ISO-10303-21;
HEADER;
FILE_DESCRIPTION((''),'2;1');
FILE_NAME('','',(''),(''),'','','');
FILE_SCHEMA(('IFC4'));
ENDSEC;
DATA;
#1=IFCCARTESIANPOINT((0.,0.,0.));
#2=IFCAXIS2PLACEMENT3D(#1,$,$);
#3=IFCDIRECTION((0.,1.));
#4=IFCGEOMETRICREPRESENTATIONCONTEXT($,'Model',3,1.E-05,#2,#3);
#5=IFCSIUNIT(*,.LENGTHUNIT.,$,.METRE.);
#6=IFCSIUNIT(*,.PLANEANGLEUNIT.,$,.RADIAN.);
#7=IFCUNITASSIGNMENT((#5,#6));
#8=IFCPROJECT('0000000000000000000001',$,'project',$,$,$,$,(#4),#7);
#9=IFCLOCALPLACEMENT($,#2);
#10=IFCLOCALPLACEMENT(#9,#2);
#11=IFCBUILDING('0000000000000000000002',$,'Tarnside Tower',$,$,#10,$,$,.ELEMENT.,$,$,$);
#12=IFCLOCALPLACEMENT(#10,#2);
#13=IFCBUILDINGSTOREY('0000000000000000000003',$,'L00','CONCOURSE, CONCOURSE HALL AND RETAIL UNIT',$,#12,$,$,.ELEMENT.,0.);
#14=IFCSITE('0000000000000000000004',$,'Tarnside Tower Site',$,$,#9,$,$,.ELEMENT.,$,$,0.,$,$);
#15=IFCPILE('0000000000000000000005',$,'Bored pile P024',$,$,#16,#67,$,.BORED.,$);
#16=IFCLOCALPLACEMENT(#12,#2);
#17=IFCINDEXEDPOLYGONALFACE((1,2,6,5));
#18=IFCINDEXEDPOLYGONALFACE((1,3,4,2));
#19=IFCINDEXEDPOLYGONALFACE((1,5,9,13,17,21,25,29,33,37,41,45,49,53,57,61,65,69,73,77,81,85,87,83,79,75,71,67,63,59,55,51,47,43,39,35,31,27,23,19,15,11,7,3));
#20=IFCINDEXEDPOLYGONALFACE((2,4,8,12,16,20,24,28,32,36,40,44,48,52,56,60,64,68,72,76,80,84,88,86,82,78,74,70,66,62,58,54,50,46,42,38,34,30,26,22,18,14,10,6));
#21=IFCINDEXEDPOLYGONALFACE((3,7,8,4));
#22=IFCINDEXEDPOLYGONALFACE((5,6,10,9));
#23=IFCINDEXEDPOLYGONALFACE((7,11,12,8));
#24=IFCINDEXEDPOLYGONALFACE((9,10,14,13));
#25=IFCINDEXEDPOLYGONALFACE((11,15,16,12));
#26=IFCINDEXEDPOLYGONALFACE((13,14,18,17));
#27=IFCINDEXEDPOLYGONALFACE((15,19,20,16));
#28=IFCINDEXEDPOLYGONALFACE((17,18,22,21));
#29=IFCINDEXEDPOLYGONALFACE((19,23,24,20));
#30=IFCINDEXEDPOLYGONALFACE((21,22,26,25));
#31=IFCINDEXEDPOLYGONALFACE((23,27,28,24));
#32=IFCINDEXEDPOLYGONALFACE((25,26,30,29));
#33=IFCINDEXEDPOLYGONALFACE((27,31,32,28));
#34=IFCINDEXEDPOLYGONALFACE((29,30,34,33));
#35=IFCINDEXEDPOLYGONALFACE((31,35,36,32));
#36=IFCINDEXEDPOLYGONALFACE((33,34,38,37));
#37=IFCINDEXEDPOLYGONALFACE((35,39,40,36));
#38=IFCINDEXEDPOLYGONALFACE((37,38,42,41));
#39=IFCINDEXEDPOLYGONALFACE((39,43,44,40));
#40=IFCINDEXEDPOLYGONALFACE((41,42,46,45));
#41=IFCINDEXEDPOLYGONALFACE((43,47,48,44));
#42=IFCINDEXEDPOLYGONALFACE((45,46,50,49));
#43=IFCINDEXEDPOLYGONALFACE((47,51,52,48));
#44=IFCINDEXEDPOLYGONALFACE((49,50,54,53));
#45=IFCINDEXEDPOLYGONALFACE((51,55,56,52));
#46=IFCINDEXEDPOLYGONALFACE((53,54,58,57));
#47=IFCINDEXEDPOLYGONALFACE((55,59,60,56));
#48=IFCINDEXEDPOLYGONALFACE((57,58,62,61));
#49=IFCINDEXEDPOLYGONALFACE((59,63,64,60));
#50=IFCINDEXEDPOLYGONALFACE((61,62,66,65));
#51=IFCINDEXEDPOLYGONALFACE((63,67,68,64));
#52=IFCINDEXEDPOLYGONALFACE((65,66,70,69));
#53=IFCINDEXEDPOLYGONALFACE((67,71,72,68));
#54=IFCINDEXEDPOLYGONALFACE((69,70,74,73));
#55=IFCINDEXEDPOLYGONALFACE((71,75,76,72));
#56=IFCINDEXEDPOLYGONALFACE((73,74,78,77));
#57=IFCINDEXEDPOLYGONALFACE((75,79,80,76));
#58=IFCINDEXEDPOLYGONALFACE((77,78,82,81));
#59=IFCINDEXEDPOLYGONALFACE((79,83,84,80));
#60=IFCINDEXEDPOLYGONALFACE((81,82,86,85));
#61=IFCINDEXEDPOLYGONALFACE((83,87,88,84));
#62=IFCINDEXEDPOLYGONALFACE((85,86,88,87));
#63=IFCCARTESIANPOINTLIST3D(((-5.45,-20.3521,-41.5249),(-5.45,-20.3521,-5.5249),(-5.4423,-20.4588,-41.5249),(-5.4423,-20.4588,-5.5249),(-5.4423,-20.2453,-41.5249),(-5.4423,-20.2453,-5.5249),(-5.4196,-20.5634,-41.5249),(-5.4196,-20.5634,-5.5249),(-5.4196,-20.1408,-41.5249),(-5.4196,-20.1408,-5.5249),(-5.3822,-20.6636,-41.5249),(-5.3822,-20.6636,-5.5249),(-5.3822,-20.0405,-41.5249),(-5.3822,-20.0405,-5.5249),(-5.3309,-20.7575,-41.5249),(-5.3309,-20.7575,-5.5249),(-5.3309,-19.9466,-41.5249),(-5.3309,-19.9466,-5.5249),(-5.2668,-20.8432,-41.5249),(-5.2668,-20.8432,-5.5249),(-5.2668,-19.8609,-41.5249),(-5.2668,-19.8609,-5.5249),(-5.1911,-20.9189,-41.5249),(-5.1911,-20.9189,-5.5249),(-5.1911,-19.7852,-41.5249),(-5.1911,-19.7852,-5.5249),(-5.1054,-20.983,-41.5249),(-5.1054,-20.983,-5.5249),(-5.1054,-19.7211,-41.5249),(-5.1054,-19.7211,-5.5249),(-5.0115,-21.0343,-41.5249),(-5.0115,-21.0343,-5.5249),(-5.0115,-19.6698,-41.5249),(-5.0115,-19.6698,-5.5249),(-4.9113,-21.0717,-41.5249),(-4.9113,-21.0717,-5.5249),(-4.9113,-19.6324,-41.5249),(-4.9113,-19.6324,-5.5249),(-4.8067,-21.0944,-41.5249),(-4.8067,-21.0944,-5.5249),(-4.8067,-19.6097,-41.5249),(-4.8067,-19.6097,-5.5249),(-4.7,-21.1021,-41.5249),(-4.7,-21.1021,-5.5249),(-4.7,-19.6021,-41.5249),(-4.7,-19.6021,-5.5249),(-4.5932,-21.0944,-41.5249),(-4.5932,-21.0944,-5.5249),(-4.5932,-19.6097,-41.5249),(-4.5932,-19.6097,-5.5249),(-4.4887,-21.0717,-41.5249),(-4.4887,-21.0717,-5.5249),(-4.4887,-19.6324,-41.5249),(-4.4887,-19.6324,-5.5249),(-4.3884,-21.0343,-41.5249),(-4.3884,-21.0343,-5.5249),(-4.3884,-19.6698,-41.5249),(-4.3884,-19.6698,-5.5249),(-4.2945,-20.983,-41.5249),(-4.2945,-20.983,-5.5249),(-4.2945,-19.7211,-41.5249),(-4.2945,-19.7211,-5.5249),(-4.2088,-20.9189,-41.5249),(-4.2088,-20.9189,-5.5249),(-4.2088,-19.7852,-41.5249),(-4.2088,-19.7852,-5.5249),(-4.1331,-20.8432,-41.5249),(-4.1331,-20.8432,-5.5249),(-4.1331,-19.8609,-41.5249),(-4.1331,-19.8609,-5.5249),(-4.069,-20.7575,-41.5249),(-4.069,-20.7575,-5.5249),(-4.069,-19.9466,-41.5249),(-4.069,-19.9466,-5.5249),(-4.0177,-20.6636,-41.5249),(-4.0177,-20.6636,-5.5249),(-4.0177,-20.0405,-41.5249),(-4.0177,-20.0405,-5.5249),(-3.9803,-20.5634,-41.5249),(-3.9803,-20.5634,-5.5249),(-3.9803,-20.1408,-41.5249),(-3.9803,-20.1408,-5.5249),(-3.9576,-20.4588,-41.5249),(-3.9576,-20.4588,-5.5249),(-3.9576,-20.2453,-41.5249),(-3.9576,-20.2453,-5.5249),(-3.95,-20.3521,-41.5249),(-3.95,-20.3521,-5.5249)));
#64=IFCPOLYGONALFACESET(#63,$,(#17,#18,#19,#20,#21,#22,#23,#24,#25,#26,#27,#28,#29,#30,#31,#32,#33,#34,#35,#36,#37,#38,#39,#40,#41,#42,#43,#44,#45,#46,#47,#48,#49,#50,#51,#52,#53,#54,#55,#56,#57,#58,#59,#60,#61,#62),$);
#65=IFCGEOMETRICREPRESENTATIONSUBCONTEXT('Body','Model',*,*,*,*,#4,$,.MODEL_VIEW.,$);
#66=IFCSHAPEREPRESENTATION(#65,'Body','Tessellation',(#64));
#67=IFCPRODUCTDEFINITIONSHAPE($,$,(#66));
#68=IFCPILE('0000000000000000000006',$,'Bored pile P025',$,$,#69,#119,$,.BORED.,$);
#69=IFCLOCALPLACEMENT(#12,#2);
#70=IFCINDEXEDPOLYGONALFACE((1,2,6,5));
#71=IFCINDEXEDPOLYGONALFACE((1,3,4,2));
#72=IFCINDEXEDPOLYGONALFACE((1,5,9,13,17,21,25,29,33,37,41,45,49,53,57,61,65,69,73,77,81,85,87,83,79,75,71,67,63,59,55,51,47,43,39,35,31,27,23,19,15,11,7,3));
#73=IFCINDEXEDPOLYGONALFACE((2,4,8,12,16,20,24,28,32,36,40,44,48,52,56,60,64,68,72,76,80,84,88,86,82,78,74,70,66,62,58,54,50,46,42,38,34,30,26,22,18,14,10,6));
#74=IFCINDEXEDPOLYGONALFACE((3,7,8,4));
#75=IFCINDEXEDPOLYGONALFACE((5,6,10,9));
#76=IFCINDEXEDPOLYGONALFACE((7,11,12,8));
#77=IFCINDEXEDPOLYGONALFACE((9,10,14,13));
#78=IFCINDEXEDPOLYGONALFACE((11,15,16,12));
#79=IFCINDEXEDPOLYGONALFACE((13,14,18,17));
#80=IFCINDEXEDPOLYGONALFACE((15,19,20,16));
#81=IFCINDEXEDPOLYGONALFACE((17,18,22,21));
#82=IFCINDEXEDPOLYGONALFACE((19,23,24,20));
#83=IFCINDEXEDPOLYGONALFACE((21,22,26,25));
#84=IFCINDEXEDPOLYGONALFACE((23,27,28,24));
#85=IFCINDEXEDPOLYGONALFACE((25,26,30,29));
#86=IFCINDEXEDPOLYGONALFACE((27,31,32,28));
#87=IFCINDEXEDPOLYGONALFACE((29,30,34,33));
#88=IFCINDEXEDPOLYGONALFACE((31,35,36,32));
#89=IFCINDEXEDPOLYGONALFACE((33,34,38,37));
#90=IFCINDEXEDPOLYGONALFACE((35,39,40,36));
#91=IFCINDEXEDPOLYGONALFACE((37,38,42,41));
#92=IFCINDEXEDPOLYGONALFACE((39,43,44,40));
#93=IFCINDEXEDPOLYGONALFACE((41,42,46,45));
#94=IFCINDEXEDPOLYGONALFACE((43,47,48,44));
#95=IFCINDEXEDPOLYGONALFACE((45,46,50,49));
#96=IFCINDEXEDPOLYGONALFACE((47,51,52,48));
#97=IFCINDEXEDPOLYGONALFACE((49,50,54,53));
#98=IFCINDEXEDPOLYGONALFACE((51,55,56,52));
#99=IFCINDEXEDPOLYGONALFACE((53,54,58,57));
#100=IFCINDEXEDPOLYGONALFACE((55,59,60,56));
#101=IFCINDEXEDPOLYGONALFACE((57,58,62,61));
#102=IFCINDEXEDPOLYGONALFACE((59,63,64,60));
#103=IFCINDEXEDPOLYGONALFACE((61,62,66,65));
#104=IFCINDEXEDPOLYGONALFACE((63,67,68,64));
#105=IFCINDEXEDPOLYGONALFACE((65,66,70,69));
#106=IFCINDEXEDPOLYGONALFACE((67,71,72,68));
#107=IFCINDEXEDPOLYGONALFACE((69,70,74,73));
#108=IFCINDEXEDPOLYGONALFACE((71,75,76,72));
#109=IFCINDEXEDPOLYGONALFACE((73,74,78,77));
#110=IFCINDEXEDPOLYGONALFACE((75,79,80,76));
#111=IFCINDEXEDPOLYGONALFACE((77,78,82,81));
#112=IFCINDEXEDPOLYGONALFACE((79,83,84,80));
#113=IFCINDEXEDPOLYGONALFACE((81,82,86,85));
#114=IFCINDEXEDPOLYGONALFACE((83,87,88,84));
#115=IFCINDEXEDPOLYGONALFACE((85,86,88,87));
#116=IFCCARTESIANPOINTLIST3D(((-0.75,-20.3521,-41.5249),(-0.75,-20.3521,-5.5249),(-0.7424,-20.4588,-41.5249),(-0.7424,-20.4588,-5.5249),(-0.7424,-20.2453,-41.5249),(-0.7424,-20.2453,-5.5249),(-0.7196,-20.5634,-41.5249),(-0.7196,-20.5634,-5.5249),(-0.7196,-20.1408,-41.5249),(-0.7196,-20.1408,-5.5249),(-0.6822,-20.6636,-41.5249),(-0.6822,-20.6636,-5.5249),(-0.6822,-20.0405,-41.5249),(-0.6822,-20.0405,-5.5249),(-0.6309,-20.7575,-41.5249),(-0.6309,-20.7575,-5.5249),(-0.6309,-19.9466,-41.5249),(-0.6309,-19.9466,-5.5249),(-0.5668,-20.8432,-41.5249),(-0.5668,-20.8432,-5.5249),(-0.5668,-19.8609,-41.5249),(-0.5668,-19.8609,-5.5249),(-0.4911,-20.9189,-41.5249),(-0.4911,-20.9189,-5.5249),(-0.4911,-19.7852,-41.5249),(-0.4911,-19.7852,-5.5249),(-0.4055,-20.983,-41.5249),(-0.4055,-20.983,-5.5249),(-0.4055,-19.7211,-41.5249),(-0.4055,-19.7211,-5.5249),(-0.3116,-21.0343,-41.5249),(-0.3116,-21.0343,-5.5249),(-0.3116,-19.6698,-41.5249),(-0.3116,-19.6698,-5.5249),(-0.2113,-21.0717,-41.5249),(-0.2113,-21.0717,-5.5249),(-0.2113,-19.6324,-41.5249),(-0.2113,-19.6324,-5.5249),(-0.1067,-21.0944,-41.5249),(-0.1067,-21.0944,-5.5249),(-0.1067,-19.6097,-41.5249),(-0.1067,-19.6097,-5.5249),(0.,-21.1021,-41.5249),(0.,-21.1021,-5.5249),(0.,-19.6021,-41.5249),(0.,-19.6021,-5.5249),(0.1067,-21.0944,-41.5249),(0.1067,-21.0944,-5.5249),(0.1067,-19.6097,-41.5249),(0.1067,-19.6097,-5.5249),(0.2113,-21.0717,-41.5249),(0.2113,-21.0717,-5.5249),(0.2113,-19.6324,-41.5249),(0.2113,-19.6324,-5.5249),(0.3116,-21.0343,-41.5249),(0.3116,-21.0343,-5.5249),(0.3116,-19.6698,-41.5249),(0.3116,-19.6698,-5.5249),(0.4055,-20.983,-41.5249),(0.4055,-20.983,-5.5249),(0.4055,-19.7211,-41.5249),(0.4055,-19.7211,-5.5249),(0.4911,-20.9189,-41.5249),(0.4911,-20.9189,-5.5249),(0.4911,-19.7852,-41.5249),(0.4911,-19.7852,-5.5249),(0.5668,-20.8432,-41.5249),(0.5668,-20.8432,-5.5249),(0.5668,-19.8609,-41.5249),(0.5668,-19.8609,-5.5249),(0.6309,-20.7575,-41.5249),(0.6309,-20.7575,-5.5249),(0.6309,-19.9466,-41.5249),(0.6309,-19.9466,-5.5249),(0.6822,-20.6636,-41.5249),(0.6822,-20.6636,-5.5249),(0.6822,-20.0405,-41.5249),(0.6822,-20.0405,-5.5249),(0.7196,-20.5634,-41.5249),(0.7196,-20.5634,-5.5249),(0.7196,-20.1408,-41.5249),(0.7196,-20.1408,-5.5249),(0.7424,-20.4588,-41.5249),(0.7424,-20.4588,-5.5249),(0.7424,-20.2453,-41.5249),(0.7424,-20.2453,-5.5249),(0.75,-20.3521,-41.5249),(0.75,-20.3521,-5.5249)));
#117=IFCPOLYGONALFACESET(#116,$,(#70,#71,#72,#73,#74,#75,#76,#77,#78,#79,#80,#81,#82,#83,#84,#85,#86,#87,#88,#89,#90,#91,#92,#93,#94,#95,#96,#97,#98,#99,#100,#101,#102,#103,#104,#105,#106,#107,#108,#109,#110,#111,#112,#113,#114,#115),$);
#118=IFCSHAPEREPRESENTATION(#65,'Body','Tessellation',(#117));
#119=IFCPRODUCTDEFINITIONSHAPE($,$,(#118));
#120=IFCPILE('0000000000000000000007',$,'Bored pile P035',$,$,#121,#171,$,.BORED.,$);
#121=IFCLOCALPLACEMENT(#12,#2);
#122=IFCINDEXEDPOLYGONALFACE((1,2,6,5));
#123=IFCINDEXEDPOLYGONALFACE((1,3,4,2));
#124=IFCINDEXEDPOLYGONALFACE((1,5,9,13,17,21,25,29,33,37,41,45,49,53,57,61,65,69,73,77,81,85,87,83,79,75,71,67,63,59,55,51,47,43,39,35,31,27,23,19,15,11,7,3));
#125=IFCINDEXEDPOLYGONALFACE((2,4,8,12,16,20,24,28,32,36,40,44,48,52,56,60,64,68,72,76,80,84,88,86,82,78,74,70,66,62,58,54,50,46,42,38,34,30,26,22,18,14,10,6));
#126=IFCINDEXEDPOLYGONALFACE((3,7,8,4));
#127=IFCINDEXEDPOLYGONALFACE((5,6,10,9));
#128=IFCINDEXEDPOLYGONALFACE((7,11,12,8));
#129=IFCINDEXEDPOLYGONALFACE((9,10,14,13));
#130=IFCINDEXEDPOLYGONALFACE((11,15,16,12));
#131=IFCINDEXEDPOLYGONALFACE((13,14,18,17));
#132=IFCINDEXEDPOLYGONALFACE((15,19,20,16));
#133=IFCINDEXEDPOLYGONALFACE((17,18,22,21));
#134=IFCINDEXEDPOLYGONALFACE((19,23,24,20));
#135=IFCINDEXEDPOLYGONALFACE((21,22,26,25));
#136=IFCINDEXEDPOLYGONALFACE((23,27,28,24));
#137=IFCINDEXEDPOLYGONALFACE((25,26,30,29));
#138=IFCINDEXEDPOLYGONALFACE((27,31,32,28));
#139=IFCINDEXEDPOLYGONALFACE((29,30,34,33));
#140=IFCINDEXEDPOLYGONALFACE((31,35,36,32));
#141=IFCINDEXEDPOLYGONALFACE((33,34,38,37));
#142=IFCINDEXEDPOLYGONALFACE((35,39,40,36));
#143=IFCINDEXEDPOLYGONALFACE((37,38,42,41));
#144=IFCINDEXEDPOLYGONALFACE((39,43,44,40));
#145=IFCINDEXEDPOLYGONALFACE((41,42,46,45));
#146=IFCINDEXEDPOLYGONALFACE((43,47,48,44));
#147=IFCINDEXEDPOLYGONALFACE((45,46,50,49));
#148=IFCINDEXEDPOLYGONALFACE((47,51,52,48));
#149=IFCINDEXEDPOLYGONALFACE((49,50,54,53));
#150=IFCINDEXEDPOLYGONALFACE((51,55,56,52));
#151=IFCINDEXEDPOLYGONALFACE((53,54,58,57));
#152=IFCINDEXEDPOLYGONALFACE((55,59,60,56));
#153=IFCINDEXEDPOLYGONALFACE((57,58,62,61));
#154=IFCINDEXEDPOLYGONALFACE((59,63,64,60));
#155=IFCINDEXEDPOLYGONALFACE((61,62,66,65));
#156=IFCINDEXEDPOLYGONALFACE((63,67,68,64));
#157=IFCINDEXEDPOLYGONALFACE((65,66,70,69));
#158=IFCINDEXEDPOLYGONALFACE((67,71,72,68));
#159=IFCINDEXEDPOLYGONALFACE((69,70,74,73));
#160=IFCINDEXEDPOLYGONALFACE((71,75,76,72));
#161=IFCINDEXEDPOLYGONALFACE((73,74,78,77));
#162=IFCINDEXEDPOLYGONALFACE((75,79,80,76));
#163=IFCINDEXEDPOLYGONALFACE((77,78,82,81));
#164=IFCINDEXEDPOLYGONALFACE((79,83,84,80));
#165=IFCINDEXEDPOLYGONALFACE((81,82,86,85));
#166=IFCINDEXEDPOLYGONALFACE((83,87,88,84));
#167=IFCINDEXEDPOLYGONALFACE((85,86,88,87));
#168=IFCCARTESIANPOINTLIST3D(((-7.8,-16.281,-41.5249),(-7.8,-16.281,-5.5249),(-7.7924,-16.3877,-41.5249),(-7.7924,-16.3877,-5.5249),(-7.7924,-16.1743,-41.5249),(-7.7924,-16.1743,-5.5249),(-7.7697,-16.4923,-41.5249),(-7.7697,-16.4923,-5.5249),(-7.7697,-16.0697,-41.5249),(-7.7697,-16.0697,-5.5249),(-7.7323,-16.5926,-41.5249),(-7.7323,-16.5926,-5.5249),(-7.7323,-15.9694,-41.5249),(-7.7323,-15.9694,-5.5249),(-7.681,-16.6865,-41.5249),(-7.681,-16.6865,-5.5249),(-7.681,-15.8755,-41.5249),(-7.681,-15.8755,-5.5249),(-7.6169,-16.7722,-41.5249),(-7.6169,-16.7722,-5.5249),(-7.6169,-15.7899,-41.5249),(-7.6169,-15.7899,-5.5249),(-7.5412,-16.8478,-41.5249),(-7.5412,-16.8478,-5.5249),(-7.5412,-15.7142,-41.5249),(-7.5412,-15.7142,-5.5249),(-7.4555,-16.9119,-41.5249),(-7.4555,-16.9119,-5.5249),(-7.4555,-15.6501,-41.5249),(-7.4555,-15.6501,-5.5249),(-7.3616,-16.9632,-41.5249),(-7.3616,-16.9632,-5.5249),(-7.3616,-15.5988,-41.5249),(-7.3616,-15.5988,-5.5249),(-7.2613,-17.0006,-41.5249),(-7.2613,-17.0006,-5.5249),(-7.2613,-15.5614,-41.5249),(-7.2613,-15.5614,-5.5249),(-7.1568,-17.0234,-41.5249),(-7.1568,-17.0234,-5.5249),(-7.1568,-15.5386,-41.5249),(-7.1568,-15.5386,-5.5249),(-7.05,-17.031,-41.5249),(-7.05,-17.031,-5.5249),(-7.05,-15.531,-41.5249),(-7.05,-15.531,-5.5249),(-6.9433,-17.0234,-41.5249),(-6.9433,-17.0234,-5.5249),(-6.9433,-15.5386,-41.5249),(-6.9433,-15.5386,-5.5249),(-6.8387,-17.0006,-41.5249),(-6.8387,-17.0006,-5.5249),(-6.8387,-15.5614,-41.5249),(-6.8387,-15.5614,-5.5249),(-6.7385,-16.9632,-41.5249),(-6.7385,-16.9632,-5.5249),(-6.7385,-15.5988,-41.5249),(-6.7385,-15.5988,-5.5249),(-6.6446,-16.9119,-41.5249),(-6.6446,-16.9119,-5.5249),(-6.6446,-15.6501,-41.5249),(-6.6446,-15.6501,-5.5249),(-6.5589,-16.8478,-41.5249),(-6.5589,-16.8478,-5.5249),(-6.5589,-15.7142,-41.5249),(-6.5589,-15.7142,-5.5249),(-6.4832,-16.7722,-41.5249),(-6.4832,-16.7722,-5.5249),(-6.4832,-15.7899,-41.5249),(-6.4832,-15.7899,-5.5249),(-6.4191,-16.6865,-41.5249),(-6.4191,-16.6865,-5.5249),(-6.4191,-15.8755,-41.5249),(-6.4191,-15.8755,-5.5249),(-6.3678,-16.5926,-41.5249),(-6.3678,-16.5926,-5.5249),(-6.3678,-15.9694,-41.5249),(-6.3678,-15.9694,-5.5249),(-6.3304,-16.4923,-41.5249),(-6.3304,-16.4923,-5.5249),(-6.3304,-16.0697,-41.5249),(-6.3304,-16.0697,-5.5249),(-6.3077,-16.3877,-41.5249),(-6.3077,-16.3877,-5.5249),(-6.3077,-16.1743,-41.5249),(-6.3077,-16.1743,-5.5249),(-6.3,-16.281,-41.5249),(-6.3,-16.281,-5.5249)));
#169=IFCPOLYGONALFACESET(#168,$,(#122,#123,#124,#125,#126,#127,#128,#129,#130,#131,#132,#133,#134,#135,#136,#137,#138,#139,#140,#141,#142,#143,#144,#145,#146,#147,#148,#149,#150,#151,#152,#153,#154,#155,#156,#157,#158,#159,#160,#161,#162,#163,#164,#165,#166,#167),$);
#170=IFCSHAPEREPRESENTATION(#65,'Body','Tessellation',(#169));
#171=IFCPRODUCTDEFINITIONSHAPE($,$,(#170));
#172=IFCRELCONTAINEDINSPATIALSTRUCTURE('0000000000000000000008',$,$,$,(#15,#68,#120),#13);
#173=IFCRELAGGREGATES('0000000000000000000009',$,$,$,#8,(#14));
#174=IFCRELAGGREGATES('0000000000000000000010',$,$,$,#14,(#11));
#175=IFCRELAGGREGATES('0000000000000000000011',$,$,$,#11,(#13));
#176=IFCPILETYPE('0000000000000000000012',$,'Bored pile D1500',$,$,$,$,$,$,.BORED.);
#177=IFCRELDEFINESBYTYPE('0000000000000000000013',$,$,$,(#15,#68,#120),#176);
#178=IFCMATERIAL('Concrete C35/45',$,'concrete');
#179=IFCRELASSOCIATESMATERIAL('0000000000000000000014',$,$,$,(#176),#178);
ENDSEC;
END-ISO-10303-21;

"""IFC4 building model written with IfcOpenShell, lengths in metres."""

from ifc_helpers import new_model, si_unit, direction, frame, origin, origin_2d, place, context, subcontext, project, spatial, circle, extrude, material, material_profile, profile_set, type_object, element, save


model = new_model("IFC4")

# Units and contexts
model_context = context("Model", 3, precision=1e-05, world=origin(), true_north=direction((0.0, 1.0)))
body_context = subcontext(model_context, "Body", "Model", "MODEL_VIEW")
ifc_project = project(units=[si_unit("LENGTHUNIT", "METRE"), si_unit("PLANEANGLEUNIT", "RADIAN")], contexts=[model_context])

# Site, building, storey
site_placement = place(None, origin())
site = spatial("IfcSite", under=ifc_project, at=site_placement, Name="Tarnside Tower Site", CompositionType="ELEMENT", RefElevation=0.0)
building_placement = place(site_placement, origin())
building = spatial("IfcBuilding", under=site, at=building_placement, Name="Tarnside Tower", CompositionType="ELEMENT")
storey_placement = place(building_placement, origin())
storey = spatial("IfcBuildingStorey", under=building, at=storey_placement, Name="L00", Description="CONCOURSE, CONCOURSE HALL AND RETAIL UNIT", CompositionType="ELEMENT", Elevation=0.0)

# Piles
ifc_material_1 = material(Name="Concrete C35/45", Category="concrete")
ifc_material_profile_1 = material_profile(ifc_material_1, circle(Radius=0.75, at=origin_2d()), Name="Bored pile D1500")
ifc_profile_set_1 = profile_set([ifc_material_profile_1], Name="Concrete C35/45")
pile_type = type_object("IfcPileType", Name="Bored pile D1500", PredefinedType="BORED", material=ifc_profile_set_1)
for number, where, z_axis, x_axis, name in (
    (1, (-4.7, -20.3521, -5.5249), (0.0, 0.0, -1.0), (1.0, 0.0, 0.0), "Bored pile P024"),
    (2, (0.0, -20.3521, -5.5249), (0.0, 0.0, -1.0), (1.0, 0.0, 0.0), "Bored pile P025"),
    (3, (-7.05, -16.281, -5.5249), (0.0, 0.0, -1.0), (1.0, 0.0, 0.0), "Bored pile P035"),
):
    element("IfcPile", number, at=place(storey_placement, frame(where, z_axis=z_axis, x_axis=x_axis)), inside=storey, type_object=pile_type, Name=name, PredefinedType="BORED", context=body_context, shape_type="SweptSolid", body=[
        extrude(circle(Radius=0.75, at=origin_2d()), origin(), (0.0, 0.0, 1.0), 36.0),
    ])

save(model, "model.ifc")
